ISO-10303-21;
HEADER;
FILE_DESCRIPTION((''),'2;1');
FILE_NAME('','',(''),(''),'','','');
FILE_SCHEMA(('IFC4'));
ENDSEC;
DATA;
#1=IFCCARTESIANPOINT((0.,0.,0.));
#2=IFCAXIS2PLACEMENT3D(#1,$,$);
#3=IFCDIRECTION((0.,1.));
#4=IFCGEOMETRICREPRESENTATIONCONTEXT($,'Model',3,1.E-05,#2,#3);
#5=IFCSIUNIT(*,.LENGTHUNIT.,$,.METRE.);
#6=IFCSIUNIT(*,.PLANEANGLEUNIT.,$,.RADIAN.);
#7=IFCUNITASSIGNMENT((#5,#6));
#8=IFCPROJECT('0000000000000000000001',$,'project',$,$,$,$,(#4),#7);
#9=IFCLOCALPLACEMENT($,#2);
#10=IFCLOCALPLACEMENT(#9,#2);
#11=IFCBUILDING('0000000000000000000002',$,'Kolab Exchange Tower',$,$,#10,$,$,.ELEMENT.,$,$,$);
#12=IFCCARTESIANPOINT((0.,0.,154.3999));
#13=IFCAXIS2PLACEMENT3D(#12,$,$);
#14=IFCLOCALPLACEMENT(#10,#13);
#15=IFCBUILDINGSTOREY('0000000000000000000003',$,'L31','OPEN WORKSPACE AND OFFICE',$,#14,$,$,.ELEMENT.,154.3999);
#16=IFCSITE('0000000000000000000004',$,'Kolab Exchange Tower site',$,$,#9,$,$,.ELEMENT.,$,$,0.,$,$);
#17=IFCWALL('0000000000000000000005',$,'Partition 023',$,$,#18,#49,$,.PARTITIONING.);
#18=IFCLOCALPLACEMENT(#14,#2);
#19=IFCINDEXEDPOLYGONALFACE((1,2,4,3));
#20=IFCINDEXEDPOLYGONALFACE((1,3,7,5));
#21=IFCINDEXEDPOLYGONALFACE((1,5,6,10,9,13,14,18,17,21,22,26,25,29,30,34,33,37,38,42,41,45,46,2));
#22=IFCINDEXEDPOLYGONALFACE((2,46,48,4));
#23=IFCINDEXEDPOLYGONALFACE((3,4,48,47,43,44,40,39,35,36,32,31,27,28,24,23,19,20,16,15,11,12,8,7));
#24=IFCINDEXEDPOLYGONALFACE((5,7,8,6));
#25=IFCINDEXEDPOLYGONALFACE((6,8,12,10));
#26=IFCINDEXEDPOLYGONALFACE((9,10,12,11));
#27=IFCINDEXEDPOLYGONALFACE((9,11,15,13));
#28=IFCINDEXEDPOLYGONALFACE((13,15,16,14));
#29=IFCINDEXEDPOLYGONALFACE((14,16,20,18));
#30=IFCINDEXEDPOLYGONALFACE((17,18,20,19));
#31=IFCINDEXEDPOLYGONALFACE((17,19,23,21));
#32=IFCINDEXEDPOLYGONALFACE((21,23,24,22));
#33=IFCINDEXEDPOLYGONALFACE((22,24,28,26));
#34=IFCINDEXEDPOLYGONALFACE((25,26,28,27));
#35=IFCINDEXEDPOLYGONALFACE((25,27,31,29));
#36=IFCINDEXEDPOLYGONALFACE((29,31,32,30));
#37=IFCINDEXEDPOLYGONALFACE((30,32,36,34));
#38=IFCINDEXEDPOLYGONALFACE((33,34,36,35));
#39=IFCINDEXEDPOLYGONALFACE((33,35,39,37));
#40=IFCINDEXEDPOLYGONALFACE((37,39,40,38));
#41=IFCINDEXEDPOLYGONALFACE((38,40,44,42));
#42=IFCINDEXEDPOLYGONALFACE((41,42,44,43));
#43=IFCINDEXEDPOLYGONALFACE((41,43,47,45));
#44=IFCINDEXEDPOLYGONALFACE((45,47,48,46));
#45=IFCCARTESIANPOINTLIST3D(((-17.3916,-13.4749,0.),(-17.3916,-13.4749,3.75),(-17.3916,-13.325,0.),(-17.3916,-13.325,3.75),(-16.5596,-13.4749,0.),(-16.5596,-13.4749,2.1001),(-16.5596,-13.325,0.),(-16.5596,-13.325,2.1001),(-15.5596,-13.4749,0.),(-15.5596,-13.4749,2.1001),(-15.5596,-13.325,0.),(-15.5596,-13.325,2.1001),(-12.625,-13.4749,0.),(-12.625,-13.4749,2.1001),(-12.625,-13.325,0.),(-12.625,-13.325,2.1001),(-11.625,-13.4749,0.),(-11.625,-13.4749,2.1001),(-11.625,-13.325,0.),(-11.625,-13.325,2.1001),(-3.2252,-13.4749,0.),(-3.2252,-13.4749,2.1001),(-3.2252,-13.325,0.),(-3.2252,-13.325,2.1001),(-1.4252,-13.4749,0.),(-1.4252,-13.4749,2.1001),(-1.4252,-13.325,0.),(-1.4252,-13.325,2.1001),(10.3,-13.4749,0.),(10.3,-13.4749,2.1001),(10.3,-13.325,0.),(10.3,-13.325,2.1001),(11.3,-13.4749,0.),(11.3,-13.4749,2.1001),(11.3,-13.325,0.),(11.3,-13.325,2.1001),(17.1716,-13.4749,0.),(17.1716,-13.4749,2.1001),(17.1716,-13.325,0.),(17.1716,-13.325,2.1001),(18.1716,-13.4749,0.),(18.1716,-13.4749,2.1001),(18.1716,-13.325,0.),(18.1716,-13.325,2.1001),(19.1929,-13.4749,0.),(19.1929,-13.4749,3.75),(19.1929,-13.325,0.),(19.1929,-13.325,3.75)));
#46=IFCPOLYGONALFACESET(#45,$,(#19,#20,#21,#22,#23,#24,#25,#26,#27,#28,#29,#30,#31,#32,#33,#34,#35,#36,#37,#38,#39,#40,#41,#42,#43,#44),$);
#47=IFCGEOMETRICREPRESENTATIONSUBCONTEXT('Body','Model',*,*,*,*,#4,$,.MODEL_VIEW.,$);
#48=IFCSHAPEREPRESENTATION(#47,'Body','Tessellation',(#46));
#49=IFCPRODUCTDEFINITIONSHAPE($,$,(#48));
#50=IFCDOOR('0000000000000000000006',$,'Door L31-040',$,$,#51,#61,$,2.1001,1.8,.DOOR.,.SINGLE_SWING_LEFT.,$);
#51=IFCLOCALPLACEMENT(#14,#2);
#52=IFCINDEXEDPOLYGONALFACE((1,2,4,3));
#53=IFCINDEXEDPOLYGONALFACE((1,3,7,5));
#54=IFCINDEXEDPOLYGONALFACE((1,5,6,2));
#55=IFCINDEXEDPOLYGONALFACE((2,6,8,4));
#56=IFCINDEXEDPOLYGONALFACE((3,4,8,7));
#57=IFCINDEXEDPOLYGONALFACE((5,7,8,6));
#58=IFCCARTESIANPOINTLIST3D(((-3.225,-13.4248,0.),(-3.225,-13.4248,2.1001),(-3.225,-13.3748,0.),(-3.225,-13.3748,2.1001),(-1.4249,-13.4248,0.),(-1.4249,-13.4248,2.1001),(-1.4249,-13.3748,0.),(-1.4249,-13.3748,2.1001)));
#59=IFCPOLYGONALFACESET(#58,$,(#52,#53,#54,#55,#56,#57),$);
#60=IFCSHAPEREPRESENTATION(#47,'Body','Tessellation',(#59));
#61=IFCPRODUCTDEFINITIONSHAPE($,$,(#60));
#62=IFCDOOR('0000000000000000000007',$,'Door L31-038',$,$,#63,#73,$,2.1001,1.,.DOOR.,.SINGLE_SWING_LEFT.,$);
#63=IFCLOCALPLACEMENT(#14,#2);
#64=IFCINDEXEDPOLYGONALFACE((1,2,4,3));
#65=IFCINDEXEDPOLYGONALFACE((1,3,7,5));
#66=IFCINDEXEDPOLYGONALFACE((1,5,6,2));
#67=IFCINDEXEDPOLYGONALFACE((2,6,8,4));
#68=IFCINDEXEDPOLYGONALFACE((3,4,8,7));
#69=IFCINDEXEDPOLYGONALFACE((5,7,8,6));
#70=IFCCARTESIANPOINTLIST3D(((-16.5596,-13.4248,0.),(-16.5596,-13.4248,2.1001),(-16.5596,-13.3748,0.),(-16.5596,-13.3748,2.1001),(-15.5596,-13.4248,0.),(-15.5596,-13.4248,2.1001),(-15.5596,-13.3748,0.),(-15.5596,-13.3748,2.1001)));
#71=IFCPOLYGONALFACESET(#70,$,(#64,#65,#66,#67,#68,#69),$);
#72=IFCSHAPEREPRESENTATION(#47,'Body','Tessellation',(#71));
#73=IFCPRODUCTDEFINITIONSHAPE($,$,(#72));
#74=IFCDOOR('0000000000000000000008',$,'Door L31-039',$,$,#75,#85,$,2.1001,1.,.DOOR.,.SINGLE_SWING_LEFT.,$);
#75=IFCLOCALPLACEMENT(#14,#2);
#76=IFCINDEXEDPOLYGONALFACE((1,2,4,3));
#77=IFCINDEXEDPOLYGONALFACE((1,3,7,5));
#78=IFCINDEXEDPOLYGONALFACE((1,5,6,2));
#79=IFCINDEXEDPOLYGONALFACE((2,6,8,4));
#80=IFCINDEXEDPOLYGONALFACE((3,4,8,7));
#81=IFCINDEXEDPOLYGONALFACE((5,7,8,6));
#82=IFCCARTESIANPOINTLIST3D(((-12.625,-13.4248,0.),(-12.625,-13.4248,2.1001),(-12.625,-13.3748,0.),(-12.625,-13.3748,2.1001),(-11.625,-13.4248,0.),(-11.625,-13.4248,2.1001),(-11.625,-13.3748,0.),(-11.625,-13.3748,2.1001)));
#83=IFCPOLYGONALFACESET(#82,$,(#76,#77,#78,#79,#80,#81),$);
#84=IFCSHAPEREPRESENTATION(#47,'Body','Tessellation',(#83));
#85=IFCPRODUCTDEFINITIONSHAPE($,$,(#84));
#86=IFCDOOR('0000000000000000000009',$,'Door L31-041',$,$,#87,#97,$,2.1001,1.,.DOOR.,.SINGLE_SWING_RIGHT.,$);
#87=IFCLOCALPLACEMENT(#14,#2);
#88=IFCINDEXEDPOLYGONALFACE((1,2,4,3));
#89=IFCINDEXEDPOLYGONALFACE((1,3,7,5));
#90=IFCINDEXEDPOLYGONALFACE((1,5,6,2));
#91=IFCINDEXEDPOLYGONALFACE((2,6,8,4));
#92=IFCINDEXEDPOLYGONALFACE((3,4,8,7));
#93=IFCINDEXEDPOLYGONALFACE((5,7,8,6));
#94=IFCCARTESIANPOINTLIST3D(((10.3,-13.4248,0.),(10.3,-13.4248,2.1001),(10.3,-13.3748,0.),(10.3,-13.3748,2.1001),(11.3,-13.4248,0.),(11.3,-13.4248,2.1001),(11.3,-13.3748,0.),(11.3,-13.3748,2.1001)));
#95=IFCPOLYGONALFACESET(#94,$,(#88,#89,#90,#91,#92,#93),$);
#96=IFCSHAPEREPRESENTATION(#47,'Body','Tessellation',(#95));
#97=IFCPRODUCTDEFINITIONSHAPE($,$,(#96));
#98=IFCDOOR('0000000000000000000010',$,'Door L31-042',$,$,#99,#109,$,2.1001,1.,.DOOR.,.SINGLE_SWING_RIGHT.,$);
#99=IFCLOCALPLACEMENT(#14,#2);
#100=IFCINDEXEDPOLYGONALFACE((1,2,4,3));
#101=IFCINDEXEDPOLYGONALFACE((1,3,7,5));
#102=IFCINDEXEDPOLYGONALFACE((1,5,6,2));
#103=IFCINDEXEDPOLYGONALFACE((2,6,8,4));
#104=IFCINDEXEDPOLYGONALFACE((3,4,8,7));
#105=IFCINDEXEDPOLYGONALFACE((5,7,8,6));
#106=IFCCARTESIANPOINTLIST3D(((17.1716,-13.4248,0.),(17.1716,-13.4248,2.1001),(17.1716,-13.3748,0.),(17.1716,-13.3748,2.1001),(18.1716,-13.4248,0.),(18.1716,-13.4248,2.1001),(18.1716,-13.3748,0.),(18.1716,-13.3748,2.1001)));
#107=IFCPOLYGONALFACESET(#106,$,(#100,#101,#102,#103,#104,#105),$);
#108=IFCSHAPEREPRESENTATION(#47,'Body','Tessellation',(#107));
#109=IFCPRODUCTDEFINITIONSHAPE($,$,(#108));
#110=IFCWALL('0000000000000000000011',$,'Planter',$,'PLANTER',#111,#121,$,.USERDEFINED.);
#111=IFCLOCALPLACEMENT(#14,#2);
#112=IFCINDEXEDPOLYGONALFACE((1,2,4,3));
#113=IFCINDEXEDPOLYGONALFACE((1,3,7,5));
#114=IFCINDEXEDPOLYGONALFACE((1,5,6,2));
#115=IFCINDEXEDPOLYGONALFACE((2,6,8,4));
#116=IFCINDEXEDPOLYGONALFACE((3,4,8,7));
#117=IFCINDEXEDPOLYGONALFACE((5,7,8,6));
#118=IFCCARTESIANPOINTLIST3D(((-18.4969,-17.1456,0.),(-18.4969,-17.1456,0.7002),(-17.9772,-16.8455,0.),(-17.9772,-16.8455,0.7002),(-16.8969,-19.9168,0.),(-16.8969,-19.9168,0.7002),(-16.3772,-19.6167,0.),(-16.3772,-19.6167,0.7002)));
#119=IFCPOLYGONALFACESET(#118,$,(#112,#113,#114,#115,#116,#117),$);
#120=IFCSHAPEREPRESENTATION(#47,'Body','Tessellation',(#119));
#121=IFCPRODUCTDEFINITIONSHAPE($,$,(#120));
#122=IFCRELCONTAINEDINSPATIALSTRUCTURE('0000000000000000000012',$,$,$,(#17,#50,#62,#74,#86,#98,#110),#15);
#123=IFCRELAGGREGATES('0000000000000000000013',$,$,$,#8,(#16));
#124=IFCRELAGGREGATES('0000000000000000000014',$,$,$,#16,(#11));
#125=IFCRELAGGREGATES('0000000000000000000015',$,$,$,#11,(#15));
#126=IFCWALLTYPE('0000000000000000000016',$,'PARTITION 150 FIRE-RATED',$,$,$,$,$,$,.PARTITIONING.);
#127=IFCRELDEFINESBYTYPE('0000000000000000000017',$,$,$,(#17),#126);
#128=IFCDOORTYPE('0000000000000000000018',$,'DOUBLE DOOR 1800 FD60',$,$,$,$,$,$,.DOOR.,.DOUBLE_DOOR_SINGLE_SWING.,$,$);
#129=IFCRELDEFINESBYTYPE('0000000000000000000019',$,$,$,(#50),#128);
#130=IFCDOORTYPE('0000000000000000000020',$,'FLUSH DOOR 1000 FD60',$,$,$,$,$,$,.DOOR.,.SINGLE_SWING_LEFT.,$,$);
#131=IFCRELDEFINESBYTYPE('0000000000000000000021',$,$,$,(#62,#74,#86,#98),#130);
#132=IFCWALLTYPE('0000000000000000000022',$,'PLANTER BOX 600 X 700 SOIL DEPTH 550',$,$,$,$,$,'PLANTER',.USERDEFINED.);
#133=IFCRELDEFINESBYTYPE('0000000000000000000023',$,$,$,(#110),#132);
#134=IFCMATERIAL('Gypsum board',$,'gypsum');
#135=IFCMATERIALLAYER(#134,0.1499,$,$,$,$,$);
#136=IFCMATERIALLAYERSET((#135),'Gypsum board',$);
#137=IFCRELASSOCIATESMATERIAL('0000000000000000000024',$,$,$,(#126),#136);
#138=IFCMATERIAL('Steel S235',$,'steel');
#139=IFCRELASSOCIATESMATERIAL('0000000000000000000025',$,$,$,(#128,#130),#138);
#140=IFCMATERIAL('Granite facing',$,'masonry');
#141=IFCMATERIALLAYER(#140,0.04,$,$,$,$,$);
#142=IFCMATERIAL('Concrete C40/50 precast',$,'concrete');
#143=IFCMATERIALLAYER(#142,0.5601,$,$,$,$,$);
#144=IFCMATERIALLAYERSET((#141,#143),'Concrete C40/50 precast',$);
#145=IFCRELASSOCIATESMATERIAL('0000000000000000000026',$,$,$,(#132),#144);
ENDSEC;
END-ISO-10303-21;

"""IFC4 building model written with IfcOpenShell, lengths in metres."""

from ifc_helpers import new_model, si_unit, direction, frame, frame_2d, origin, place, context, subcontext, project, spatial, rectangle, extrude, material, layer, layer_set, type_object, element, fill, save


model = new_model("IFC4")

# Units and contexts
model_context = context("Model", 3, precision=1e-05, world=origin(), true_north=direction((0.0, 1.0)))
body_context = subcontext(model_context, "Body", "Model", "MODEL_VIEW")
ifc_project = project(units=[si_unit("LENGTHUNIT", "METRE"), si_unit("PLANEANGLEUNIT", "RADIAN")], contexts=[model_context])

# Site, building, storey
site_placement = place(None, origin())
site = spatial("IfcSite", under=ifc_project, at=site_placement, Name="Kolab Exchange Tower site", CompositionType="ELEMENT", RefElevation=0.0)
building_placement = place(site_placement, origin())
building = spatial("IfcBuilding", under=site, at=building_placement, Name="Kolab Exchange Tower", CompositionType="ELEMENT")
storey_placement = place(building_placement, frame((0.0, 0.0, 154.3999)))
storey = spatial("IfcBuildingStorey", under=building, at=storey_placement, Name="L31", Description="OPEN WORKSPACE AND OFFICE", CompositionType="ELEMENT", Elevation=154.3999)

# Shared definitions
ifc_material_1 = material(Name="Gypsum board", Category="gypsum")
ifc_layer_1 = layer(ifc_material_1, 0.1499)
ifc_layer_set_1 = layer_set([ifc_layer_1], Name="Gypsum board")
wall_type_1 = type_object("IfcWallType", Name="PARTITION 150 FIRE-RATED", PredefinedType="PARTITIONING", material=ifc_layer_set_1)

# Wall, openings, doors
wall_1_placement = place(storey_placement, frame((-17.3916, -13.3999, 0.0), z_axis=(0.0, 0.0, 1.0), x_axis=(1.0, 0.0, 0.0)))
wall_1 = element("IfcWall", 1, at=wall_1_placement, inside=storey, type_object=wall_type_1, Name="Partition 023", PredefinedType="PARTITIONING", context=body_context, shape_type="SweptSolid", body=[
    extrude(rectangle(XDim=36.5845, YDim=0.1499, at=frame_2d((18.2922, 0.0))), origin(), (0.0, 0.0, 1.0), 3.75),
])
opening_1_placement = place(wall_1_placement, frame((0.832, 0.0, 0.0)))
opening_1 = element("IfcOpeningElement", 2, at=opening_1_placement, cuts=wall_1, PredefinedType="OPENING", context=body_context, shape_type="SweptSolid", body=[
    extrude(rectangle(XDim=1.0, YDim=2.1001, at=frame_2d((0.5, 1.05))), frame((0.0, 0.085, 0.0), z_axis=(0.0, -1.0, 0.0), x_axis=(1.0, 0.0, 0.0)), (0.0, 0.0, 1.0), 0.1699),
])
opening_2_placement = place(wall_1_placement, frame((4.7666, 0.0, 0.0)))
opening_2 = element("IfcOpeningElement", 3, at=opening_2_placement, cuts=wall_1, PredefinedType="OPENING", context=body_context, shape_type="SweptSolid", body=[
    extrude(rectangle(XDim=1.0, YDim=2.1001, at=frame_2d((0.5, 1.05))), frame((0.0, 0.085, 0.0), z_axis=(0.0, -1.0, 0.0), x_axis=(1.0, 0.0, 0.0)), (0.0, 0.0, 1.0), 0.1699),
])
opening_3_placement = place(wall_1_placement, frame((14.1665, 0.0, 0.0)))
opening_3 = element("IfcOpeningElement", 4, at=opening_3_placement, cuts=wall_1, PredefinedType="OPENING", context=body_context, shape_type="SweptSolid", body=[
    extrude(rectangle(XDim=1.8, YDim=2.1001, at=frame_2d((0.8999, 1.05))), frame((0.0, 0.085, 0.0), z_axis=(0.0, -1.0, 0.0), x_axis=(1.0, 0.0, 0.0)), (0.0, 0.0, 1.0), 0.1699),
])
opening_4_placement = place(wall_1_placement, frame((27.6917, 0.0, 0.0)))
opening_4 = element("IfcOpeningElement", 5, at=opening_4_placement, cuts=wall_1, PredefinedType="OPENING", context=body_context, shape_type="SweptSolid", body=[
    extrude(rectangle(XDim=1.0, YDim=2.1001, at=frame_2d((0.5, 1.05))), frame((0.0, 0.085, 0.0), z_axis=(0.0, -1.0, 0.0), x_axis=(1.0, 0.0, 0.0)), (0.0, 0.0, 1.0), 0.1699),
])
opening_5_placement = place(wall_1_placement, frame((34.5632, 0.0, 0.0)))
opening_5 = element("IfcOpeningElement", 6, at=opening_5_placement, cuts=wall_1, PredefinedType="OPENING", context=body_context, shape_type="SweptSolid", body=[
    extrude(rectangle(XDim=1.0, YDim=2.1001, at=frame_2d((0.5, 1.05))), frame((0.0, 0.085, 0.0), z_axis=(0.0, -1.0, 0.0), x_axis=(1.0, 0.0, 0.0)), (0.0, 0.0, 1.0), 0.1699),
])
ifc_material_2 = material(Name="Steel S235", Category="steel")
door_type_1 = type_object("IfcDoorType", Name="DOUBLE DOOR 1800 FD60", OperationType="DOUBLE_DOOR_SINGLE_SWING", PredefinedType="DOOR", material=ifc_material_2)
door_1_placement = place(opening_3_placement, frame((1.8, 0.0, 0.0), z_axis=(0.0, 0.0, 1.0), x_axis=(-1.0, 0.0, 0.0)))
door_1 = element("IfcDoor", 7, at=door_1_placement, inside=storey, type_object=door_type_1, Name="Door L31-040", OperationType="SINGLE_SWING_LEFT", OverallHeight=2.1001, OverallWidth=1.8, PredefinedType="DOOR", context=body_context, shape_type="SweptSolid", body=[
    extrude(rectangle(XDim=1.8, YDim=2.1001, at=frame_2d((0.8999, 1.05))), frame((0.0, 0.0249, 0.0), z_axis=(0.0, -1.0, 0.0), x_axis=(1.0, 0.0, 0.0)), (0.0, 0.0, 1.0), 0.05),
])
fill(opening_3, door_1)
door_type_2 = type_object("IfcDoorType", Name="FLUSH DOOR 1000 FD60", OperationType="SINGLE_SWING_LEFT", PredefinedType="DOOR", material=ifc_material_2)
door_2_placement = place(opening_1_placement, frame((1.0, 0.0, 0.0), z_axis=(0.0, 0.0, 1.0), x_axis=(-1.0, 0.0, 0.0)))
door_2 = element("IfcDoor", 8, at=door_2_placement, inside=storey, type_object=door_type_2, Name="Door L31-038", OperationType="SINGLE_SWING_LEFT", OverallHeight=2.1001, OverallWidth=1.0, PredefinedType="DOOR", context=body_context, shape_type="SweptSolid", body=[
    extrude(rectangle(XDim=1.0, YDim=2.1001, at=frame_2d((0.5, 1.05))), frame((0.0, 0.0249, 0.0), z_axis=(0.0, -1.0, 0.0), x_axis=(1.0, 0.0, 0.0)), (0.0, 0.0, 1.0), 0.05),
])
fill(opening_1, door_2)
door_3_placement = place(opening_2_placement, frame((1.0, 0.0, 0.0), z_axis=(0.0, 0.0, 1.0), x_axis=(-1.0, 0.0, 0.0)))
door_3 = element("IfcDoor", 9, at=door_3_placement, inside=storey, type_object=door_type_2, Name="Door L31-039", OperationType="SINGLE_SWING_LEFT", OverallHeight=2.1001, OverallWidth=1.0, PredefinedType="DOOR", context=body_context, shape_type="SweptSolid", body=[
    extrude(rectangle(XDim=1.0, YDim=2.1001, at=frame_2d((0.5, 1.05))), frame((0.0, 0.0249, 0.0), z_axis=(0.0, -1.0, 0.0), x_axis=(1.0, 0.0, 0.0)), (0.0, 0.0, 1.0), 0.05),
])
fill(opening_2, door_3)
door_4_placement = place(opening_4_placement, frame((1.0, 0.0, 0.0), z_axis=(0.0, 0.0, 1.0), x_axis=(-1.0, 0.0, 0.0)))
door_4 = element("IfcDoor", 10, at=door_4_placement, inside=storey, type_object=door_type_2, Name="Door L31-041", OperationType="SINGLE_SWING_RIGHT", OverallHeight=2.1001, OverallWidth=1.0, PredefinedType="DOOR", context=body_context, shape_type="SweptSolid", body=[
    extrude(rectangle(XDim=1.0, YDim=2.1001, at=frame_2d((0.5, 1.05))), frame((0.0, 0.0249, 0.0), z_axis=(0.0, -1.0, 0.0), x_axis=(1.0, 0.0, 0.0)), (0.0, 0.0, 1.0), 0.05),
])
fill(opening_4, door_4)
door_5_placement = place(opening_5_placement, frame((1.0, 0.0, 0.0), z_axis=(0.0, 0.0, 1.0), x_axis=(-1.0, 0.0, 0.0)))
door_5 = element("IfcDoor", 11, at=door_5_placement, inside=storey, type_object=door_type_2, Name="Door L31-042", OperationType="SINGLE_SWING_RIGHT", OverallHeight=2.1001, OverallWidth=1.0, PredefinedType="DOOR", context=body_context, shape_type="SweptSolid", body=[
    extrude(rectangle(XDim=1.0, YDim=2.1001, at=frame_2d((0.5, 1.05))), frame((0.0, 0.0249, 0.0), z_axis=(0.0, -1.0, 0.0), x_axis=(1.0, 0.0, 0.0)), (0.0, 0.0, 1.0), 0.05),
])
fill(opening_5, door_5)

# Wall
ifc_material_3 = material(Name="Granite facing", Category="masonry")
ifc_layer_2 = layer(ifc_material_3, 0.04)
ifc_material_4 = material(Name="Concrete C40/50 precast", Category="concrete")
ifc_layer_3 = layer(ifc_material_4, 0.5601)
ifc_layer_set_2 = layer_set([ifc_layer_2, ifc_layer_3], Name="Concrete C40/50 precast")
wall_type_2 = type_object("IfcWallType", Name="PLANTER BOX 600 X 700 SOIL DEPTH 550", ElementType="PLANTER", PredefinedType="USERDEFINED", material=ifc_layer_set_2)
wall_2_placement = place(storey_placement, frame((-16.637, -19.7668, 0.0), z_axis=(0.0, 0.0, 1.0), x_axis=(-0.500028, 0.866009, 0.0)))
element("IfcWall", 12, at=wall_2_placement, inside=storey, type_object=wall_type_2, Name="Planter", ObjectType="PLANTER", PredefinedType="USERDEFINED", context=body_context, shape_type="SweptSolid", body=[
    extrude(rectangle(XDim=3.2, YDim=0.6001, at=frame_2d((1.6001, 0.0))), origin(), (0.0, 0.0, 1.0), 0.7002),
])

save(model, "model.ifc")
